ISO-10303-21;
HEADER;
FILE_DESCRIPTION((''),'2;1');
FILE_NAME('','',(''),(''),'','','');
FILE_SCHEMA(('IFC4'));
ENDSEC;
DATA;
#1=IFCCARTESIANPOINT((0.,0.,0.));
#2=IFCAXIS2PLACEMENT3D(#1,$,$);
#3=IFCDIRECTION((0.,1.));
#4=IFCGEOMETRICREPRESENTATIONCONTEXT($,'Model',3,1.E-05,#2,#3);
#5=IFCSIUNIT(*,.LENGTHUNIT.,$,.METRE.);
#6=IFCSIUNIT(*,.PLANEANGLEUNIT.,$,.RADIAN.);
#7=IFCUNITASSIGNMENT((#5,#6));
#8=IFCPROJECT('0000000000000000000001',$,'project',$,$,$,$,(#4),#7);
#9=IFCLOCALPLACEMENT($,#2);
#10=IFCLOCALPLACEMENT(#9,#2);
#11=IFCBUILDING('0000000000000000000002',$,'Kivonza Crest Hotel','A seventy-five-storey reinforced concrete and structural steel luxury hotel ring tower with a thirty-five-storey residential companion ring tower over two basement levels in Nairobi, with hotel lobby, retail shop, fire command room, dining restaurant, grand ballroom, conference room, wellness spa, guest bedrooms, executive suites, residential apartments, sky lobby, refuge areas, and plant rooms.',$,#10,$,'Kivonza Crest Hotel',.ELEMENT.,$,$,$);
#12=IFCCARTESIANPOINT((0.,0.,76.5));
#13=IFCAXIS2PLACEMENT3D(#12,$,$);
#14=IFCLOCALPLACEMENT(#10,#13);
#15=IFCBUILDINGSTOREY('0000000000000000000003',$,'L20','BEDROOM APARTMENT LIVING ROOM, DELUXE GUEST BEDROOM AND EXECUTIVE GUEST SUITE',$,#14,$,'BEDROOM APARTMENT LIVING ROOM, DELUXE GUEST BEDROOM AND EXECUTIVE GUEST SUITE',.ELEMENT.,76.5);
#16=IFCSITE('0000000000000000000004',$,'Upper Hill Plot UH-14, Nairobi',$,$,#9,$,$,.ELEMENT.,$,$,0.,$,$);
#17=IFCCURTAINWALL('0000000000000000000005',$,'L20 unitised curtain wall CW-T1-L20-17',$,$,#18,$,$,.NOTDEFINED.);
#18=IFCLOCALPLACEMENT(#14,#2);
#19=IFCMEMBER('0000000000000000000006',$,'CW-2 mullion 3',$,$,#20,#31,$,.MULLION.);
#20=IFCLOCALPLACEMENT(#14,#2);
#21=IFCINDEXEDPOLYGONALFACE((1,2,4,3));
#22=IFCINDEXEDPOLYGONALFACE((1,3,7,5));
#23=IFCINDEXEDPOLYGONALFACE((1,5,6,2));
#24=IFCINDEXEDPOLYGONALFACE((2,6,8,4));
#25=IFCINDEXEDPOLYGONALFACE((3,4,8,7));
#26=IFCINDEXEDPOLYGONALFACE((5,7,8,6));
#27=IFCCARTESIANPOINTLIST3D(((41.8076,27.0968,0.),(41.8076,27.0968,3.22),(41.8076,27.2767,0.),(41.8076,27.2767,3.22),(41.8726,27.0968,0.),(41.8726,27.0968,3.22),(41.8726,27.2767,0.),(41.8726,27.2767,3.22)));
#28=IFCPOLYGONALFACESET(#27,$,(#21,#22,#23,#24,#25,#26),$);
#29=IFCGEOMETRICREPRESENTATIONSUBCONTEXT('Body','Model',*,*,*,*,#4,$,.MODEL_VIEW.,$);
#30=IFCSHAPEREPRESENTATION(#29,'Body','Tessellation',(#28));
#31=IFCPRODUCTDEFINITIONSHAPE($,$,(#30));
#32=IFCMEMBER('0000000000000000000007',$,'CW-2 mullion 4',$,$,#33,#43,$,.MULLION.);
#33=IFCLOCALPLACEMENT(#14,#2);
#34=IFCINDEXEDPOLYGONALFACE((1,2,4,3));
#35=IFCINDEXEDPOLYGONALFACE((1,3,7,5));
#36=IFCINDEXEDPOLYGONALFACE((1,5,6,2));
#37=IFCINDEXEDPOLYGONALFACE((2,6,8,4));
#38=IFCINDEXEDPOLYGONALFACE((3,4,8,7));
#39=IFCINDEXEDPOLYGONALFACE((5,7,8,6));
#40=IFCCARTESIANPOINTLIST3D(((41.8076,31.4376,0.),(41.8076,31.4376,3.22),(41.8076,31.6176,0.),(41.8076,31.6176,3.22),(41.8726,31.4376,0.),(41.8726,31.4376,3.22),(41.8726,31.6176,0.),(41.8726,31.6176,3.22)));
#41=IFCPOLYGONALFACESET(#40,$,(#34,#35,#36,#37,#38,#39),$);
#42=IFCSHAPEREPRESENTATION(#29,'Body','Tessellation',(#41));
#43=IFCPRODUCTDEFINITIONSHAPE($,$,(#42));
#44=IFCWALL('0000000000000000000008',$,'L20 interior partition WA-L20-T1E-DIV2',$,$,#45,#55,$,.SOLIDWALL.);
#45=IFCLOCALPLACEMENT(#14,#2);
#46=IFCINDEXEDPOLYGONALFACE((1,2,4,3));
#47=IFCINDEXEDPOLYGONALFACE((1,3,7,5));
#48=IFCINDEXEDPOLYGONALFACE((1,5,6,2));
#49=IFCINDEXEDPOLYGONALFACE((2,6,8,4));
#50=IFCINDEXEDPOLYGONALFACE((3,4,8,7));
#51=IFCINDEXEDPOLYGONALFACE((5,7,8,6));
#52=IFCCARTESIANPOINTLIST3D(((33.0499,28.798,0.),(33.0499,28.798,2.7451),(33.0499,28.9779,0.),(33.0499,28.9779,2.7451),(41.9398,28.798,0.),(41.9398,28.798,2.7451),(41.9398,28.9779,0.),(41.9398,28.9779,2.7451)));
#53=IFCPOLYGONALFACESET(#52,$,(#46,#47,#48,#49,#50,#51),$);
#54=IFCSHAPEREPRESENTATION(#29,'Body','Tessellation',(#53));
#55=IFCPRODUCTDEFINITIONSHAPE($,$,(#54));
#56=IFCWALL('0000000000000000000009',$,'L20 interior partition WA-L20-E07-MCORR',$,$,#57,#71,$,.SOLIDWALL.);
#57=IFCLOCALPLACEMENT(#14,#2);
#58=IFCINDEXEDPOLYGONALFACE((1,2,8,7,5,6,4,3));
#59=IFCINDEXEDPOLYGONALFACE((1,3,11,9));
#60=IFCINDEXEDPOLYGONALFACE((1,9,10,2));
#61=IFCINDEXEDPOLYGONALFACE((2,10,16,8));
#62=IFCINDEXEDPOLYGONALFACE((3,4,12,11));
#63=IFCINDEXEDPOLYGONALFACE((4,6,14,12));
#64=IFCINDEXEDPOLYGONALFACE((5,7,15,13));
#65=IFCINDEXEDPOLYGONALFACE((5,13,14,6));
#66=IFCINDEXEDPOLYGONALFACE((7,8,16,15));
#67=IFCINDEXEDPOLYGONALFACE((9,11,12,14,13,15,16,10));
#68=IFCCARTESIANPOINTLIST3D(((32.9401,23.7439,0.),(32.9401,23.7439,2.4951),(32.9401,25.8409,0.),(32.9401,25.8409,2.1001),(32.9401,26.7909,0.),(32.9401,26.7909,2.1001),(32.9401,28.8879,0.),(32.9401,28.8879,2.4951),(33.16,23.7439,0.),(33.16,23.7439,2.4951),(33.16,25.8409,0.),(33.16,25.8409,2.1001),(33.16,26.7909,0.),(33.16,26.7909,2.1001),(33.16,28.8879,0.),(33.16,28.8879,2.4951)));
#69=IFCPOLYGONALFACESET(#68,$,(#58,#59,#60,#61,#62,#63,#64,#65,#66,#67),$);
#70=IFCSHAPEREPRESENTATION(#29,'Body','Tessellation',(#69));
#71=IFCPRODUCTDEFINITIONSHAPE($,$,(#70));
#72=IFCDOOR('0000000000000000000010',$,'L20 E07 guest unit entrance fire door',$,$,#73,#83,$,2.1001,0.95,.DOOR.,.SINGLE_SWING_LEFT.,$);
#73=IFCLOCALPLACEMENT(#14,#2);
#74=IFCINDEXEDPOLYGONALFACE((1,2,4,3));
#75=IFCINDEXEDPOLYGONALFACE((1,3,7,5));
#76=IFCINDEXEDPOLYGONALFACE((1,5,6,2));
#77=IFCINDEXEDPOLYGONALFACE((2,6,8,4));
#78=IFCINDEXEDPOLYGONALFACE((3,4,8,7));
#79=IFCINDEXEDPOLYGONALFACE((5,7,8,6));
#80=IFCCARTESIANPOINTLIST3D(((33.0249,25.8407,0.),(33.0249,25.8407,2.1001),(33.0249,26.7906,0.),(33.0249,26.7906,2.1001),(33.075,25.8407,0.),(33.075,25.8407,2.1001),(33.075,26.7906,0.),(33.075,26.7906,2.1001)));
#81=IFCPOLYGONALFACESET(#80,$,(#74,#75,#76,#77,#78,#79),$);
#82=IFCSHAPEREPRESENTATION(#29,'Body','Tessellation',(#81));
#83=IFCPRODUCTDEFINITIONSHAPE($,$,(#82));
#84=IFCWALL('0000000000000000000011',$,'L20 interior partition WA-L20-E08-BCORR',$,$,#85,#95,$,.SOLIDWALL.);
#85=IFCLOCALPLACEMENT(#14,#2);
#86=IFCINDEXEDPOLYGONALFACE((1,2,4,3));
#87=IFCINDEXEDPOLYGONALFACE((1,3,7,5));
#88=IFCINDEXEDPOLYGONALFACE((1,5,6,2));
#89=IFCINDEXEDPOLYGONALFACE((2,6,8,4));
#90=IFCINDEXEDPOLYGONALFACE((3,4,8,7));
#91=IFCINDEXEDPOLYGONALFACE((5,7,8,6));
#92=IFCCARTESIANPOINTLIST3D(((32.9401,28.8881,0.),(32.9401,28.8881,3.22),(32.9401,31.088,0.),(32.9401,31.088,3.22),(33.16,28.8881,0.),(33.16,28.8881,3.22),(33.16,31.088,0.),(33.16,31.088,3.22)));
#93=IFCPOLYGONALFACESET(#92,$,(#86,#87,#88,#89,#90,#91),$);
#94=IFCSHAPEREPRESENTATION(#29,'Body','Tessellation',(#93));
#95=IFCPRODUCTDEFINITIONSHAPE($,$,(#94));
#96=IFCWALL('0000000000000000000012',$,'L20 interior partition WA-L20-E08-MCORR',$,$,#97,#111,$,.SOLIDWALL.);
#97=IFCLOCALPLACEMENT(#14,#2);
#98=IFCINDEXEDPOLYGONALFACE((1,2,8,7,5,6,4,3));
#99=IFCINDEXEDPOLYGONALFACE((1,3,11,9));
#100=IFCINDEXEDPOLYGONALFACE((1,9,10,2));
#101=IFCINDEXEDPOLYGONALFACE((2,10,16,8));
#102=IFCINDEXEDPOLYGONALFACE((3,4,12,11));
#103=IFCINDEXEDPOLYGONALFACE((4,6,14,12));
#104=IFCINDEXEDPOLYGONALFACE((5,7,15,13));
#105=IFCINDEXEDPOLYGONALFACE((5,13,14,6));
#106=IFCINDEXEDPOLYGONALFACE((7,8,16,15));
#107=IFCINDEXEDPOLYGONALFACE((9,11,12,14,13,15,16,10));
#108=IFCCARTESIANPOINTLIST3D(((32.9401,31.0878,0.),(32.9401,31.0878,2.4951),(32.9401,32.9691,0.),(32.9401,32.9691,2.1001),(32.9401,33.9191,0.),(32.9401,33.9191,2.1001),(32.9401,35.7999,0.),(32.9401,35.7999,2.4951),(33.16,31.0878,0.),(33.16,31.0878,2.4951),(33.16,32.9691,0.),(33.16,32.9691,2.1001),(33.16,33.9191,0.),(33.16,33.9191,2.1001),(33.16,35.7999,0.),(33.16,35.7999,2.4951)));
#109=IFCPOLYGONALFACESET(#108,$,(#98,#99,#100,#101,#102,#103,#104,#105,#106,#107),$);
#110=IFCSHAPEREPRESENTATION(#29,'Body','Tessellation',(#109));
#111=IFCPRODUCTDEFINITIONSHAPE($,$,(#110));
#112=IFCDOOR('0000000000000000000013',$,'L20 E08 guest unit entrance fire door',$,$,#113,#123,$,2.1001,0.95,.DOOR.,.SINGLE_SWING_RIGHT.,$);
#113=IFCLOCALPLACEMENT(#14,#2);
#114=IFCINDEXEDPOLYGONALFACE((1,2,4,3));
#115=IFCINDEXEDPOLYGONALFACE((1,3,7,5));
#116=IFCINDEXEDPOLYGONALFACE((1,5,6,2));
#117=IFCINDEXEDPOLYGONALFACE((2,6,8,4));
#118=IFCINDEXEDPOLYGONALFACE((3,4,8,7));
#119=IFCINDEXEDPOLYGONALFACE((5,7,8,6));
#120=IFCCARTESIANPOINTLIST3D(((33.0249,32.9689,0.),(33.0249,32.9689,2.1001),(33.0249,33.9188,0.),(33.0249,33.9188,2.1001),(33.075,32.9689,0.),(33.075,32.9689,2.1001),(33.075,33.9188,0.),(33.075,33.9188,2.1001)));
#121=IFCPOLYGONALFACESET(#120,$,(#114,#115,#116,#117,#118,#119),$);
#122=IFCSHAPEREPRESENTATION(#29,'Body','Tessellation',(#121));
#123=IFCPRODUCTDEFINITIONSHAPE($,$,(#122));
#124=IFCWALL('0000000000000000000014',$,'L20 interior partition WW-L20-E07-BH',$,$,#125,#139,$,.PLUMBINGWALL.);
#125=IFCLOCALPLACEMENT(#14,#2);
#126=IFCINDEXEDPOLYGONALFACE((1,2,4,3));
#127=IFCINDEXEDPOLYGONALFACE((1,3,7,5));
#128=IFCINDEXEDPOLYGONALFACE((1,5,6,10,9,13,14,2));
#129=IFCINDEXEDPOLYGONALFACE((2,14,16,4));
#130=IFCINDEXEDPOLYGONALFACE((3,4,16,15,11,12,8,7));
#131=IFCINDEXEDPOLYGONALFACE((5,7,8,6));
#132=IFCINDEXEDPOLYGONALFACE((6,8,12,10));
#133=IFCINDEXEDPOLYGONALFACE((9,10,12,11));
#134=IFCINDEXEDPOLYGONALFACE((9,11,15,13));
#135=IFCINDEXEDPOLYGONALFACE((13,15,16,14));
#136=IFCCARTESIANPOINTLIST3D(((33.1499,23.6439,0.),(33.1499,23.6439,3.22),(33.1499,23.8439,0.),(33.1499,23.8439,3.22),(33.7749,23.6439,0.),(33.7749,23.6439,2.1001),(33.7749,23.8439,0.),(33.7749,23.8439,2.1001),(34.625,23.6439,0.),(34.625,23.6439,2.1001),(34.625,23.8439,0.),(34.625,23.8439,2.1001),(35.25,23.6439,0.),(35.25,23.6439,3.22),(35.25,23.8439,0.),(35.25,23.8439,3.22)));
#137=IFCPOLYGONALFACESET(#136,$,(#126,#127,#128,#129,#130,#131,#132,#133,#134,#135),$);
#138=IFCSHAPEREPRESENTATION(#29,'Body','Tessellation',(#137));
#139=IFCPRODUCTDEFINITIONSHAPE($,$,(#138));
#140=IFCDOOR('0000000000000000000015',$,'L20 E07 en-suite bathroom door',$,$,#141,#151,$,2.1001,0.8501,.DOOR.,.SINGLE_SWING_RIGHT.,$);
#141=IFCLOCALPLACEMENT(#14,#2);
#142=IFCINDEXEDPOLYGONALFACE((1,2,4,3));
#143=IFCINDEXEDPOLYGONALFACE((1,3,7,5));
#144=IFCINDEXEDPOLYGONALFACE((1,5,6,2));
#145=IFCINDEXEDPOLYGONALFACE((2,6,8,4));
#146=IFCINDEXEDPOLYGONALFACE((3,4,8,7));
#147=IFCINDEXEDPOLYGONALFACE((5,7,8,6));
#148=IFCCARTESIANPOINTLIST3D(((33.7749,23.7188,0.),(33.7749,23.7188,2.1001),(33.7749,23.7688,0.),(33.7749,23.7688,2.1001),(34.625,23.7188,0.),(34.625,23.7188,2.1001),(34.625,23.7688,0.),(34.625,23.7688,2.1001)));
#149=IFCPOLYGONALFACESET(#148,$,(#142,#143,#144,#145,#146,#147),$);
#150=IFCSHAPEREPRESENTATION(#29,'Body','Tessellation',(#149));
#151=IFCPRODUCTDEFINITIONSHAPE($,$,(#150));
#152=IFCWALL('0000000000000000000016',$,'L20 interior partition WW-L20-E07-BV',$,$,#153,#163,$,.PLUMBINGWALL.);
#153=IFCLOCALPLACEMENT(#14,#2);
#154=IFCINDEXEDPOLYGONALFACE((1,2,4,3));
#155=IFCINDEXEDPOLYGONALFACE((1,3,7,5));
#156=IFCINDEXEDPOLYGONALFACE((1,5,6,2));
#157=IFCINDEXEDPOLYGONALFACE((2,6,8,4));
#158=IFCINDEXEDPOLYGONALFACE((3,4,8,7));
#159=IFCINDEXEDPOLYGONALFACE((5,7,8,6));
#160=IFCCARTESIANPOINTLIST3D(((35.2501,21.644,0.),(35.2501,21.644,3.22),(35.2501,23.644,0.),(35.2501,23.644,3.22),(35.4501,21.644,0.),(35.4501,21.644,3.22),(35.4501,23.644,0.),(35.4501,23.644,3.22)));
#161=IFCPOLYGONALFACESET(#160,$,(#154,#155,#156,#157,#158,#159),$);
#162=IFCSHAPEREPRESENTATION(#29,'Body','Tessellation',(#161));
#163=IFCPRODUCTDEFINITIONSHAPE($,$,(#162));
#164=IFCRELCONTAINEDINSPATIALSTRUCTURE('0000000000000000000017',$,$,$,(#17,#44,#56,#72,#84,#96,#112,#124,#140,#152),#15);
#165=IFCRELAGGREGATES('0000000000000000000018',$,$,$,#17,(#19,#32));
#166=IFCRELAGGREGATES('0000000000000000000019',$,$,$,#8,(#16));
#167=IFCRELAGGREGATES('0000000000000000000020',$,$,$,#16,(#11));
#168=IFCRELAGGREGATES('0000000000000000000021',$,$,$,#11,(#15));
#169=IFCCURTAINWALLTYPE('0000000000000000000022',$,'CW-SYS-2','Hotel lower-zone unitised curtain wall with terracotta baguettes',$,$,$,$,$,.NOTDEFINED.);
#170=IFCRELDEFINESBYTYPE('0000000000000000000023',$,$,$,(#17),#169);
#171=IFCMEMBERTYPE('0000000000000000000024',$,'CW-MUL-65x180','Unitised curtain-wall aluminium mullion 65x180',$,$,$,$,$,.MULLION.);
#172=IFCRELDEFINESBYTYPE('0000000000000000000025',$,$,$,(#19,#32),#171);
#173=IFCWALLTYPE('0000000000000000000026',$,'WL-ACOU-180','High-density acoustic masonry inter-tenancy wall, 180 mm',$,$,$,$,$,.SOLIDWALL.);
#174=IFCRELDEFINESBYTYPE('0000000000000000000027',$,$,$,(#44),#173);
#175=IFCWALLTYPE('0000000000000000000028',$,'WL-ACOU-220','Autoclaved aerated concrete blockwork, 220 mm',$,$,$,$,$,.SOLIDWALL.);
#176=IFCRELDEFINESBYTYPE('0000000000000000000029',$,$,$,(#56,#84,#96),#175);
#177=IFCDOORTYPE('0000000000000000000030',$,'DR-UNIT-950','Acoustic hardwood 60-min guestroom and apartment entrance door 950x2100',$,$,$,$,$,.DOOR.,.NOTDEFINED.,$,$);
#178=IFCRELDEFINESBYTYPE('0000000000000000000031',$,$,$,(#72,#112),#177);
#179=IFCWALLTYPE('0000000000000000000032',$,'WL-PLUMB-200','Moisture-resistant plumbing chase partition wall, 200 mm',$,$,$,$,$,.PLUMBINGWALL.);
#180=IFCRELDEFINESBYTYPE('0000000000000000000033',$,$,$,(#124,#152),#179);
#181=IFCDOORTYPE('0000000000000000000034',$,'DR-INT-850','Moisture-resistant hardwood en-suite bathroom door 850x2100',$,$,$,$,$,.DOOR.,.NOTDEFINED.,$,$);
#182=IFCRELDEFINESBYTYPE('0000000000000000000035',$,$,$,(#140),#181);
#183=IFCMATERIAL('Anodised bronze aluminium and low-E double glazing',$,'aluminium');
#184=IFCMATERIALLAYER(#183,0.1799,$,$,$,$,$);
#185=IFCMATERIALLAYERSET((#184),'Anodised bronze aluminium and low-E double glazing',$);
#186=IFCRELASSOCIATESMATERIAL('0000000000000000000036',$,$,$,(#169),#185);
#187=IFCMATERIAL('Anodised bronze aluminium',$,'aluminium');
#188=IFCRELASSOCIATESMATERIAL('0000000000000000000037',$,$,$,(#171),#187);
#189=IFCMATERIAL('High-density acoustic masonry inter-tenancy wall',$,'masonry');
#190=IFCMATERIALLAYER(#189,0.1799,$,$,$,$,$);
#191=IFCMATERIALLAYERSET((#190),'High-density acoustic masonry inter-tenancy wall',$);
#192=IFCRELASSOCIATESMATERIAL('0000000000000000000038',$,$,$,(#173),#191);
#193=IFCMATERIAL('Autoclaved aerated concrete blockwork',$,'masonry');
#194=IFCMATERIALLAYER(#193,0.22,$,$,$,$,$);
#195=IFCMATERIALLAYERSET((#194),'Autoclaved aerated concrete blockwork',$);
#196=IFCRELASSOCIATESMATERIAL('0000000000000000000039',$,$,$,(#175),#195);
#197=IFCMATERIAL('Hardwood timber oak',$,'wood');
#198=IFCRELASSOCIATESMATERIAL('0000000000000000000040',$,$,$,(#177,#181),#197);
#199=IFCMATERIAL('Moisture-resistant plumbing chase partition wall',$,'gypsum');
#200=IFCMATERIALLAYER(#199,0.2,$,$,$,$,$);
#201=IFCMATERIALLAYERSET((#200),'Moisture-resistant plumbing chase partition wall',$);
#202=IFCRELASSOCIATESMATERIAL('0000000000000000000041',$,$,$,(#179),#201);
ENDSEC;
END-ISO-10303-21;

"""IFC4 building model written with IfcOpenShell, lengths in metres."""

from ifc_helpers import new_model, si_unit, direction, frame, frame_2d, origin, origin_2d, place, context, subcontext, project, spatial, rectangle, extrude, material, layer, layer_set, material_profile, profile_set, type_object, element, fill, aggregate, save


model = new_model("IFC4")

# Units and contexts
model_context = context("Model", 3, precision=1e-05, world=origin(), true_north=direction((0.0, 1.0)))
body_context = subcontext(model_context, "Body", "Model", "MODEL_VIEW")
ifc_project = project(units=[si_unit("LENGTHUNIT", "METRE"), si_unit("PLANEANGLEUNIT", "RADIAN")], contexts=[model_context])

# Site, building, storey
site_placement = place(None, origin())
site = spatial("IfcSite", under=ifc_project, at=site_placement, Name="Upper Hill Plot UH-14, Nairobi", CompositionType="ELEMENT", RefElevation=0.0)
building_placement = place(site_placement, origin())
building = spatial("IfcBuilding", under=site, at=building_placement, Name="Kivonza Crest Hotel", Description="A seventy-five-storey reinforced concrete and structural steel luxury hotel ring tower with a thirty-five-storey residential companion ring tower over two basement levels in Nairobi, with hotel lobby, retail shop, fire command room, dining restaurant, grand ballroom, conference room, wellness spa, guest bedrooms, executive suites, residential apartments, sky lobby, refuge areas, and plant rooms.", LongName="Kivonza Crest Hotel", CompositionType="ELEMENT")
storey_placement = place(building_placement, frame((0.0, 0.0, 76.5)))
storey = spatial("IfcBuildingStorey", under=building, at=storey_placement, Name="L20", Description="BEDROOM APARTMENT LIVING ROOM, DELUXE GUEST BEDROOM AND EXECUTIVE GUEST SUITE", LongName="BEDROOM APARTMENT LIVING ROOM, DELUXE GUEST BEDROOM AND EXECUTIVE GUEST SUITE", CompositionType="ELEMENT", Elevation=76.5)

# Curtain wall, members
ifc_material_1 = material(Name="Anodised bronze aluminium and low-E double glazing", Category="aluminium")
ifc_layer_1 = layer(ifc_material_1, 0.1799)
ifc_layer_set_1 = layer_set([ifc_layer_1], Name="Anodised bronze aluminium and low-E double glazing")
curtain_wall_type = type_object("IfcCurtainWallType", Name="CW-SYS-2", Description="Hotel lower-zone unitised curtain wall with terracotta baguettes", PredefinedType="NOTDEFINED", material=ifc_layer_set_1)
curtain_wall_placement = place(storey_placement, origin())
curtain_wall = element("IfcCurtainWall", 1, at=curtain_wall_placement, inside=storey, type_object=curtain_wall_type, Name="L20 unitised curtain wall CW-T1-L20-17", PredefinedType="NOTDEFINED")
ifc_material_2 = material(Name="Anodised bronze aluminium", Category="aluminium")
ifc_material_profile_1 = material_profile(ifc_material_2, rectangle(XDim=0.0649, YDim=0.1799, at=origin_2d()), Name="CW-M 65x180")
ifc_profile_set_1 = profile_set([ifc_material_profile_1], Name="Anodised bronze aluminium")
member_type = type_object("IfcMemberType", Name="CW-MUL-65x180", Description="Unitised curtain-wall aluminium mullion 65x180", PredefinedType="MULLION", material=ifc_profile_set_1)
member_1_placement = place(storey_placement, frame((41.8401, 27.1868, 0.0), z_axis=(0.0, 0.0, 1.0), x_axis=(-1.0, 0.0, 0.0)))
member_1 = element("IfcMember", 2, at=member_1_placement, type_object=member_type, Name="CW-2 mullion 3", PredefinedType="MULLION", context=body_context, shape_type="SweptSolid", body=[
    extrude(rectangle(XDim=0.0649, YDim=0.1799, at=origin_2d()), origin(), (0.0, 0.0, 1.0), 3.22),
])
member_2_placement = place(storey_placement, frame((41.8401, 31.5276, 0.0), z_axis=(0.0, 0.0, 1.0), x_axis=(-1.0, 0.0, 0.0)))
member_2 = element("IfcMember", 3, at=member_2_placement, type_object=member_type, Name="CW-2 mullion 4", PredefinedType="MULLION", context=body_context, shape_type="SweptSolid", body=[
    extrude(rectangle(XDim=0.0649, YDim=0.1799, at=origin_2d()), origin(), (0.0, 0.0, 1.0), 3.22),
])
aggregate(curtain_wall, [member_1, member_2])

# Wall
ifc_material_3 = material(Name="High-density acoustic masonry inter-tenancy wall", Category="masonry")
ifc_layer_2 = layer(ifc_material_3, 0.1799)
ifc_layer_set_2 = layer_set([ifc_layer_2], Name="High-density acoustic masonry inter-tenancy wall")
wall_type_1 = type_object("IfcWallType", Name="WL-ACOU-180", Description="High-density acoustic masonry inter-tenancy wall, 180 mm", PredefinedType="SOLIDWALL", material=ifc_layer_set_2)
wall_1_placement = place(storey_placement, frame((33.05, 28.8879, 0.0), z_axis=(0.0, 0.0, 1.0), x_axis=(1.0, 0.0, 0.0)))
element("IfcWall", 4, at=wall_1_placement, inside=storey, type_object=wall_type_1, Name="L20 interior partition WA-L20-T1E-DIV2", PredefinedType="SOLIDWALL", context=body_context, shape_type="SweptSolid", body=[
    extrude(rectangle(XDim=8.8899, YDim=0.1799, at=frame_2d((4.4448, 0.0))), origin(), (0.0, 0.0, 1.0), 2.7451),
])

# Wall, opening, door
ifc_material_4 = material(Name="Autoclaved aerated concrete blockwork", Category="masonry")
ifc_layer_3 = layer(ifc_material_4, 0.22)
ifc_layer_set_3 = layer_set([ifc_layer_3], Name="Autoclaved aerated concrete blockwork")
wall_type_2 = type_object("IfcWallType", Name="WL-ACOU-220", Description="Autoclaved aerated concrete blockwork, 220 mm", PredefinedType="SOLIDWALL", material=ifc_layer_set_3)
wall_2_placement = place(storey_placement, frame((33.05, 23.7439, 0.0), z_axis=(0.0, 0.0, 1.0), x_axis=(0.0, 1.0, 0.0)))
wall_2 = element("IfcWall", 5, at=wall_2_placement, inside=storey, type_object=wall_type_2, Name="L20 interior partition WA-L20-E07-MCORR", PredefinedType="SOLIDWALL", context=body_context, shape_type="SweptSolid", body=[
    extrude(rectangle(XDim=5.144, YDim=0.22, at=frame_2d((2.572, 0.0))), origin(), (0.0, 0.0, 1.0), 2.4951),
])
opening_1_placement = place(wall_2_placement, frame((2.0969, 0.0, 0.0)))
opening_1 = element("IfcOpeningElement", 6, at=opening_1_placement, cuts=wall_2, PredefinedType="OPENING", context=body_context, shape_type="SweptSolid", body=[
    extrude(rectangle(XDim=0.95, YDim=2.1001, at=frame_2d((0.4751, 1.05))), frame((0.0, 0.1201, 0.0), z_axis=(0.0, -1.0, 0.0), x_axis=(1.0, 0.0, 0.0)), (0.0, 0.0, 1.0), 0.24),
])
ifc_material_5 = material(Name="Hardwood timber oak", Category="wood")
door_type_1 = type_object("IfcDoorType", Name="DR-UNIT-950", Description="Acoustic hardwood 60-min guestroom and apartment entrance door 950x2100", OperationType="NOTDEFINED", PredefinedType="DOOR", material=ifc_material_5)
door_1_placement = place(opening_1_placement, frame((0.95, 0.0, 0.0), z_axis=(0.0, 0.0, 1.0), x_axis=(-1.0, 0.0, 0.0)))
door_1 = element("IfcDoor", 7, at=door_1_placement, inside=storey, type_object=door_type_1, Name="L20 E07 guest unit entrance fire door", OperationType="SINGLE_SWING_LEFT", OverallHeight=2.1001, OverallWidth=0.95, PredefinedType="DOOR", context=body_context, shape_type="SweptSolid", body=[
    extrude(rectangle(XDim=0.95, YDim=2.1001, at=frame_2d((0.4751, 1.05))), frame((0.0, 0.0249, 0.0), z_axis=(0.0, -1.0, 0.0), x_axis=(1.0, 0.0, 0.0)), (0.0, 0.0, 1.0), 0.05),
])
fill(opening_1, door_1)

# Wall
wall_3_placement = place(storey_placement, frame((33.05, 28.8879, 0.0), z_axis=(0.0, 0.0, 1.0), x_axis=(0.0, 1.0, 0.0)))
element("IfcWall", 8, at=wall_3_placement, inside=storey, type_object=wall_type_2, Name="L20 interior partition WA-L20-E08-BCORR", PredefinedType="SOLIDWALL", context=body_context, shape_type="SweptSolid", body=[
    extrude(rectangle(XDim=2.2, YDim=0.22, at=frame_2d((1.1001, 0.0))), origin(), (0.0, 0.0, 1.0), 3.22),
])

# Walls, openings, doors
wall_4_placement = place(storey_placement, frame((33.05, 31.0879, 0.0), z_axis=(0.0, 0.0, 1.0), x_axis=(0.0, 1.0, 0.0)))
wall_4 = element("IfcWall", 9, at=wall_4_placement, inside=storey, type_object=wall_type_2, Name="L20 interior partition WA-L20-E08-MCORR", PredefinedType="SOLIDWALL", context=body_context, shape_type="SweptSolid", body=[
    extrude(rectangle(XDim=4.7122, YDim=0.22, at=frame_2d((2.356, 0.0))), origin(), (0.0, 0.0, 1.0), 2.4951),
])
opening_2_placement = place(wall_4_placement, frame((1.8811, 0.0, 0.0)))
opening_2 = element("IfcOpeningElement", 10, at=opening_2_placement, cuts=wall_4, PredefinedType="OPENING", context=body_context, shape_type="SweptSolid", body=[
    extrude(rectangle(XDim=0.95, YDim=2.1001, at=frame_2d((0.4751, 1.05))), frame((0.0, 0.1201, 0.0), z_axis=(0.0, -1.0, 0.0), x_axis=(1.0, 0.0, 0.0)), (0.0, 0.0, 1.0), 0.24),
])
door_2_placement = place(opening_2_placement, frame((0.95, 0.0, 0.0), z_axis=(0.0, 0.0, 1.0), x_axis=(-1.0, 0.0, 0.0)))
door_2 = element("IfcDoor", 11, at=door_2_placement, inside=storey, type_object=door_type_1, Name="L20 E08 guest unit entrance fire door", OperationType="SINGLE_SWING_RIGHT", OverallHeight=2.1001, OverallWidth=0.95, PredefinedType="DOOR", context=body_context, shape_type="SweptSolid", body=[
    extrude(rectangle(XDim=0.95, YDim=2.1001, at=frame_2d((0.4751, 1.05))), frame((0.0, 0.0249, 0.0), z_axis=(0.0, -1.0, 0.0), x_axis=(1.0, 0.0, 0.0)), (0.0, 0.0, 1.0), 0.05),
])
fill(opening_2, door_2)
ifc_material_6 = material(Name="Moisture-resistant plumbing chase partition wall", Category="gypsum")
ifc_layer_4 = layer(ifc_material_6, 0.2)
ifc_layer_set_4 = layer_set([ifc_layer_4], Name="Moisture-resistant plumbing chase partition wall")
wall_type_3 = type_object("IfcWallType", Name="WL-PLUMB-200", Description="Moisture-resistant plumbing chase partition wall, 200 mm", PredefinedType="PLUMBINGWALL", material=ifc_layer_set_4)
wall_5_placement = place(storey_placement, frame((33.1499, 23.7439, 0.0), z_axis=(0.0, 0.0, 1.0), x_axis=(1.0, 0.0, 0.0)))
wall_5 = element("IfcWall", 12, at=wall_5_placement, inside=storey, type_object=wall_type_3, Name="L20 interior partition WW-L20-E07-BH", PredefinedType="PLUMBINGWALL", context=body_context, shape_type="SweptSolid", body=[
    extrude(rectangle(XDim=2.1001, YDim=0.2, at=frame_2d((1.05, 0.0))), origin(), (0.0, 0.0, 1.0), 3.22),
])
opening_3_placement = place(wall_5_placement, frame((0.625, 0.0, 0.0)))
opening_3 = element("IfcOpeningElement", 13, at=opening_3_placement, cuts=wall_5, PredefinedType="OPENING", context=body_context, shape_type="SweptSolid", body=[
    extrude(rectangle(XDim=0.8501, YDim=2.1001, at=frame_2d((0.425, 1.05))), frame((0.0, 0.1099, 0.0), z_axis=(0.0, -1.0, 0.0), x_axis=(1.0, 0.0, 0.0)), (0.0, 0.0, 1.0), 0.22),
])
door_type_2 = type_object("IfcDoorType", Name="DR-INT-850", Description="Moisture-resistant hardwood en-suite bathroom door 850x2100", OperationType="NOTDEFINED", PredefinedType="DOOR", material=ifc_material_5)
door_3_placement = place(opening_3_placement, origin())
door_3 = element("IfcDoor", 14, at=door_3_placement, inside=storey, type_object=door_type_2, Name="L20 E07 en-suite bathroom door", OperationType="SINGLE_SWING_RIGHT", OverallHeight=2.1001, OverallWidth=0.8501, PredefinedType="DOOR", context=body_context, shape_type="SweptSolid", body=[
    extrude(rectangle(XDim=0.8501, YDim=2.1001, at=frame_2d((0.425, 1.05))), frame((0.0, 0.0249, 0.0), z_axis=(0.0, -1.0, 0.0), x_axis=(1.0, 0.0, 0.0)), (0.0, 0.0, 1.0), 0.05),
])
fill(opening_3, door_3)

# Wall
wall_6_placement = place(storey_placement, frame((35.3501, 21.644, 0.0), z_axis=(0.0, 0.0, 1.0), x_axis=(0.0, 1.0, 0.0)))
element("IfcWall", 15, at=wall_6_placement, inside=storey, type_object=wall_type_3, Name="L20 interior partition WW-L20-E07-BV", PredefinedType="PLUMBINGWALL", context=body_context, shape_type="SweptSolid", body=[
    extrude(rectangle(XDim=2.0, YDim=0.2, at=frame_2d((1.0, 0.0))), origin(), (0.0, 0.0, 1.0), 3.22),
])

save(model, "model.ifc")
